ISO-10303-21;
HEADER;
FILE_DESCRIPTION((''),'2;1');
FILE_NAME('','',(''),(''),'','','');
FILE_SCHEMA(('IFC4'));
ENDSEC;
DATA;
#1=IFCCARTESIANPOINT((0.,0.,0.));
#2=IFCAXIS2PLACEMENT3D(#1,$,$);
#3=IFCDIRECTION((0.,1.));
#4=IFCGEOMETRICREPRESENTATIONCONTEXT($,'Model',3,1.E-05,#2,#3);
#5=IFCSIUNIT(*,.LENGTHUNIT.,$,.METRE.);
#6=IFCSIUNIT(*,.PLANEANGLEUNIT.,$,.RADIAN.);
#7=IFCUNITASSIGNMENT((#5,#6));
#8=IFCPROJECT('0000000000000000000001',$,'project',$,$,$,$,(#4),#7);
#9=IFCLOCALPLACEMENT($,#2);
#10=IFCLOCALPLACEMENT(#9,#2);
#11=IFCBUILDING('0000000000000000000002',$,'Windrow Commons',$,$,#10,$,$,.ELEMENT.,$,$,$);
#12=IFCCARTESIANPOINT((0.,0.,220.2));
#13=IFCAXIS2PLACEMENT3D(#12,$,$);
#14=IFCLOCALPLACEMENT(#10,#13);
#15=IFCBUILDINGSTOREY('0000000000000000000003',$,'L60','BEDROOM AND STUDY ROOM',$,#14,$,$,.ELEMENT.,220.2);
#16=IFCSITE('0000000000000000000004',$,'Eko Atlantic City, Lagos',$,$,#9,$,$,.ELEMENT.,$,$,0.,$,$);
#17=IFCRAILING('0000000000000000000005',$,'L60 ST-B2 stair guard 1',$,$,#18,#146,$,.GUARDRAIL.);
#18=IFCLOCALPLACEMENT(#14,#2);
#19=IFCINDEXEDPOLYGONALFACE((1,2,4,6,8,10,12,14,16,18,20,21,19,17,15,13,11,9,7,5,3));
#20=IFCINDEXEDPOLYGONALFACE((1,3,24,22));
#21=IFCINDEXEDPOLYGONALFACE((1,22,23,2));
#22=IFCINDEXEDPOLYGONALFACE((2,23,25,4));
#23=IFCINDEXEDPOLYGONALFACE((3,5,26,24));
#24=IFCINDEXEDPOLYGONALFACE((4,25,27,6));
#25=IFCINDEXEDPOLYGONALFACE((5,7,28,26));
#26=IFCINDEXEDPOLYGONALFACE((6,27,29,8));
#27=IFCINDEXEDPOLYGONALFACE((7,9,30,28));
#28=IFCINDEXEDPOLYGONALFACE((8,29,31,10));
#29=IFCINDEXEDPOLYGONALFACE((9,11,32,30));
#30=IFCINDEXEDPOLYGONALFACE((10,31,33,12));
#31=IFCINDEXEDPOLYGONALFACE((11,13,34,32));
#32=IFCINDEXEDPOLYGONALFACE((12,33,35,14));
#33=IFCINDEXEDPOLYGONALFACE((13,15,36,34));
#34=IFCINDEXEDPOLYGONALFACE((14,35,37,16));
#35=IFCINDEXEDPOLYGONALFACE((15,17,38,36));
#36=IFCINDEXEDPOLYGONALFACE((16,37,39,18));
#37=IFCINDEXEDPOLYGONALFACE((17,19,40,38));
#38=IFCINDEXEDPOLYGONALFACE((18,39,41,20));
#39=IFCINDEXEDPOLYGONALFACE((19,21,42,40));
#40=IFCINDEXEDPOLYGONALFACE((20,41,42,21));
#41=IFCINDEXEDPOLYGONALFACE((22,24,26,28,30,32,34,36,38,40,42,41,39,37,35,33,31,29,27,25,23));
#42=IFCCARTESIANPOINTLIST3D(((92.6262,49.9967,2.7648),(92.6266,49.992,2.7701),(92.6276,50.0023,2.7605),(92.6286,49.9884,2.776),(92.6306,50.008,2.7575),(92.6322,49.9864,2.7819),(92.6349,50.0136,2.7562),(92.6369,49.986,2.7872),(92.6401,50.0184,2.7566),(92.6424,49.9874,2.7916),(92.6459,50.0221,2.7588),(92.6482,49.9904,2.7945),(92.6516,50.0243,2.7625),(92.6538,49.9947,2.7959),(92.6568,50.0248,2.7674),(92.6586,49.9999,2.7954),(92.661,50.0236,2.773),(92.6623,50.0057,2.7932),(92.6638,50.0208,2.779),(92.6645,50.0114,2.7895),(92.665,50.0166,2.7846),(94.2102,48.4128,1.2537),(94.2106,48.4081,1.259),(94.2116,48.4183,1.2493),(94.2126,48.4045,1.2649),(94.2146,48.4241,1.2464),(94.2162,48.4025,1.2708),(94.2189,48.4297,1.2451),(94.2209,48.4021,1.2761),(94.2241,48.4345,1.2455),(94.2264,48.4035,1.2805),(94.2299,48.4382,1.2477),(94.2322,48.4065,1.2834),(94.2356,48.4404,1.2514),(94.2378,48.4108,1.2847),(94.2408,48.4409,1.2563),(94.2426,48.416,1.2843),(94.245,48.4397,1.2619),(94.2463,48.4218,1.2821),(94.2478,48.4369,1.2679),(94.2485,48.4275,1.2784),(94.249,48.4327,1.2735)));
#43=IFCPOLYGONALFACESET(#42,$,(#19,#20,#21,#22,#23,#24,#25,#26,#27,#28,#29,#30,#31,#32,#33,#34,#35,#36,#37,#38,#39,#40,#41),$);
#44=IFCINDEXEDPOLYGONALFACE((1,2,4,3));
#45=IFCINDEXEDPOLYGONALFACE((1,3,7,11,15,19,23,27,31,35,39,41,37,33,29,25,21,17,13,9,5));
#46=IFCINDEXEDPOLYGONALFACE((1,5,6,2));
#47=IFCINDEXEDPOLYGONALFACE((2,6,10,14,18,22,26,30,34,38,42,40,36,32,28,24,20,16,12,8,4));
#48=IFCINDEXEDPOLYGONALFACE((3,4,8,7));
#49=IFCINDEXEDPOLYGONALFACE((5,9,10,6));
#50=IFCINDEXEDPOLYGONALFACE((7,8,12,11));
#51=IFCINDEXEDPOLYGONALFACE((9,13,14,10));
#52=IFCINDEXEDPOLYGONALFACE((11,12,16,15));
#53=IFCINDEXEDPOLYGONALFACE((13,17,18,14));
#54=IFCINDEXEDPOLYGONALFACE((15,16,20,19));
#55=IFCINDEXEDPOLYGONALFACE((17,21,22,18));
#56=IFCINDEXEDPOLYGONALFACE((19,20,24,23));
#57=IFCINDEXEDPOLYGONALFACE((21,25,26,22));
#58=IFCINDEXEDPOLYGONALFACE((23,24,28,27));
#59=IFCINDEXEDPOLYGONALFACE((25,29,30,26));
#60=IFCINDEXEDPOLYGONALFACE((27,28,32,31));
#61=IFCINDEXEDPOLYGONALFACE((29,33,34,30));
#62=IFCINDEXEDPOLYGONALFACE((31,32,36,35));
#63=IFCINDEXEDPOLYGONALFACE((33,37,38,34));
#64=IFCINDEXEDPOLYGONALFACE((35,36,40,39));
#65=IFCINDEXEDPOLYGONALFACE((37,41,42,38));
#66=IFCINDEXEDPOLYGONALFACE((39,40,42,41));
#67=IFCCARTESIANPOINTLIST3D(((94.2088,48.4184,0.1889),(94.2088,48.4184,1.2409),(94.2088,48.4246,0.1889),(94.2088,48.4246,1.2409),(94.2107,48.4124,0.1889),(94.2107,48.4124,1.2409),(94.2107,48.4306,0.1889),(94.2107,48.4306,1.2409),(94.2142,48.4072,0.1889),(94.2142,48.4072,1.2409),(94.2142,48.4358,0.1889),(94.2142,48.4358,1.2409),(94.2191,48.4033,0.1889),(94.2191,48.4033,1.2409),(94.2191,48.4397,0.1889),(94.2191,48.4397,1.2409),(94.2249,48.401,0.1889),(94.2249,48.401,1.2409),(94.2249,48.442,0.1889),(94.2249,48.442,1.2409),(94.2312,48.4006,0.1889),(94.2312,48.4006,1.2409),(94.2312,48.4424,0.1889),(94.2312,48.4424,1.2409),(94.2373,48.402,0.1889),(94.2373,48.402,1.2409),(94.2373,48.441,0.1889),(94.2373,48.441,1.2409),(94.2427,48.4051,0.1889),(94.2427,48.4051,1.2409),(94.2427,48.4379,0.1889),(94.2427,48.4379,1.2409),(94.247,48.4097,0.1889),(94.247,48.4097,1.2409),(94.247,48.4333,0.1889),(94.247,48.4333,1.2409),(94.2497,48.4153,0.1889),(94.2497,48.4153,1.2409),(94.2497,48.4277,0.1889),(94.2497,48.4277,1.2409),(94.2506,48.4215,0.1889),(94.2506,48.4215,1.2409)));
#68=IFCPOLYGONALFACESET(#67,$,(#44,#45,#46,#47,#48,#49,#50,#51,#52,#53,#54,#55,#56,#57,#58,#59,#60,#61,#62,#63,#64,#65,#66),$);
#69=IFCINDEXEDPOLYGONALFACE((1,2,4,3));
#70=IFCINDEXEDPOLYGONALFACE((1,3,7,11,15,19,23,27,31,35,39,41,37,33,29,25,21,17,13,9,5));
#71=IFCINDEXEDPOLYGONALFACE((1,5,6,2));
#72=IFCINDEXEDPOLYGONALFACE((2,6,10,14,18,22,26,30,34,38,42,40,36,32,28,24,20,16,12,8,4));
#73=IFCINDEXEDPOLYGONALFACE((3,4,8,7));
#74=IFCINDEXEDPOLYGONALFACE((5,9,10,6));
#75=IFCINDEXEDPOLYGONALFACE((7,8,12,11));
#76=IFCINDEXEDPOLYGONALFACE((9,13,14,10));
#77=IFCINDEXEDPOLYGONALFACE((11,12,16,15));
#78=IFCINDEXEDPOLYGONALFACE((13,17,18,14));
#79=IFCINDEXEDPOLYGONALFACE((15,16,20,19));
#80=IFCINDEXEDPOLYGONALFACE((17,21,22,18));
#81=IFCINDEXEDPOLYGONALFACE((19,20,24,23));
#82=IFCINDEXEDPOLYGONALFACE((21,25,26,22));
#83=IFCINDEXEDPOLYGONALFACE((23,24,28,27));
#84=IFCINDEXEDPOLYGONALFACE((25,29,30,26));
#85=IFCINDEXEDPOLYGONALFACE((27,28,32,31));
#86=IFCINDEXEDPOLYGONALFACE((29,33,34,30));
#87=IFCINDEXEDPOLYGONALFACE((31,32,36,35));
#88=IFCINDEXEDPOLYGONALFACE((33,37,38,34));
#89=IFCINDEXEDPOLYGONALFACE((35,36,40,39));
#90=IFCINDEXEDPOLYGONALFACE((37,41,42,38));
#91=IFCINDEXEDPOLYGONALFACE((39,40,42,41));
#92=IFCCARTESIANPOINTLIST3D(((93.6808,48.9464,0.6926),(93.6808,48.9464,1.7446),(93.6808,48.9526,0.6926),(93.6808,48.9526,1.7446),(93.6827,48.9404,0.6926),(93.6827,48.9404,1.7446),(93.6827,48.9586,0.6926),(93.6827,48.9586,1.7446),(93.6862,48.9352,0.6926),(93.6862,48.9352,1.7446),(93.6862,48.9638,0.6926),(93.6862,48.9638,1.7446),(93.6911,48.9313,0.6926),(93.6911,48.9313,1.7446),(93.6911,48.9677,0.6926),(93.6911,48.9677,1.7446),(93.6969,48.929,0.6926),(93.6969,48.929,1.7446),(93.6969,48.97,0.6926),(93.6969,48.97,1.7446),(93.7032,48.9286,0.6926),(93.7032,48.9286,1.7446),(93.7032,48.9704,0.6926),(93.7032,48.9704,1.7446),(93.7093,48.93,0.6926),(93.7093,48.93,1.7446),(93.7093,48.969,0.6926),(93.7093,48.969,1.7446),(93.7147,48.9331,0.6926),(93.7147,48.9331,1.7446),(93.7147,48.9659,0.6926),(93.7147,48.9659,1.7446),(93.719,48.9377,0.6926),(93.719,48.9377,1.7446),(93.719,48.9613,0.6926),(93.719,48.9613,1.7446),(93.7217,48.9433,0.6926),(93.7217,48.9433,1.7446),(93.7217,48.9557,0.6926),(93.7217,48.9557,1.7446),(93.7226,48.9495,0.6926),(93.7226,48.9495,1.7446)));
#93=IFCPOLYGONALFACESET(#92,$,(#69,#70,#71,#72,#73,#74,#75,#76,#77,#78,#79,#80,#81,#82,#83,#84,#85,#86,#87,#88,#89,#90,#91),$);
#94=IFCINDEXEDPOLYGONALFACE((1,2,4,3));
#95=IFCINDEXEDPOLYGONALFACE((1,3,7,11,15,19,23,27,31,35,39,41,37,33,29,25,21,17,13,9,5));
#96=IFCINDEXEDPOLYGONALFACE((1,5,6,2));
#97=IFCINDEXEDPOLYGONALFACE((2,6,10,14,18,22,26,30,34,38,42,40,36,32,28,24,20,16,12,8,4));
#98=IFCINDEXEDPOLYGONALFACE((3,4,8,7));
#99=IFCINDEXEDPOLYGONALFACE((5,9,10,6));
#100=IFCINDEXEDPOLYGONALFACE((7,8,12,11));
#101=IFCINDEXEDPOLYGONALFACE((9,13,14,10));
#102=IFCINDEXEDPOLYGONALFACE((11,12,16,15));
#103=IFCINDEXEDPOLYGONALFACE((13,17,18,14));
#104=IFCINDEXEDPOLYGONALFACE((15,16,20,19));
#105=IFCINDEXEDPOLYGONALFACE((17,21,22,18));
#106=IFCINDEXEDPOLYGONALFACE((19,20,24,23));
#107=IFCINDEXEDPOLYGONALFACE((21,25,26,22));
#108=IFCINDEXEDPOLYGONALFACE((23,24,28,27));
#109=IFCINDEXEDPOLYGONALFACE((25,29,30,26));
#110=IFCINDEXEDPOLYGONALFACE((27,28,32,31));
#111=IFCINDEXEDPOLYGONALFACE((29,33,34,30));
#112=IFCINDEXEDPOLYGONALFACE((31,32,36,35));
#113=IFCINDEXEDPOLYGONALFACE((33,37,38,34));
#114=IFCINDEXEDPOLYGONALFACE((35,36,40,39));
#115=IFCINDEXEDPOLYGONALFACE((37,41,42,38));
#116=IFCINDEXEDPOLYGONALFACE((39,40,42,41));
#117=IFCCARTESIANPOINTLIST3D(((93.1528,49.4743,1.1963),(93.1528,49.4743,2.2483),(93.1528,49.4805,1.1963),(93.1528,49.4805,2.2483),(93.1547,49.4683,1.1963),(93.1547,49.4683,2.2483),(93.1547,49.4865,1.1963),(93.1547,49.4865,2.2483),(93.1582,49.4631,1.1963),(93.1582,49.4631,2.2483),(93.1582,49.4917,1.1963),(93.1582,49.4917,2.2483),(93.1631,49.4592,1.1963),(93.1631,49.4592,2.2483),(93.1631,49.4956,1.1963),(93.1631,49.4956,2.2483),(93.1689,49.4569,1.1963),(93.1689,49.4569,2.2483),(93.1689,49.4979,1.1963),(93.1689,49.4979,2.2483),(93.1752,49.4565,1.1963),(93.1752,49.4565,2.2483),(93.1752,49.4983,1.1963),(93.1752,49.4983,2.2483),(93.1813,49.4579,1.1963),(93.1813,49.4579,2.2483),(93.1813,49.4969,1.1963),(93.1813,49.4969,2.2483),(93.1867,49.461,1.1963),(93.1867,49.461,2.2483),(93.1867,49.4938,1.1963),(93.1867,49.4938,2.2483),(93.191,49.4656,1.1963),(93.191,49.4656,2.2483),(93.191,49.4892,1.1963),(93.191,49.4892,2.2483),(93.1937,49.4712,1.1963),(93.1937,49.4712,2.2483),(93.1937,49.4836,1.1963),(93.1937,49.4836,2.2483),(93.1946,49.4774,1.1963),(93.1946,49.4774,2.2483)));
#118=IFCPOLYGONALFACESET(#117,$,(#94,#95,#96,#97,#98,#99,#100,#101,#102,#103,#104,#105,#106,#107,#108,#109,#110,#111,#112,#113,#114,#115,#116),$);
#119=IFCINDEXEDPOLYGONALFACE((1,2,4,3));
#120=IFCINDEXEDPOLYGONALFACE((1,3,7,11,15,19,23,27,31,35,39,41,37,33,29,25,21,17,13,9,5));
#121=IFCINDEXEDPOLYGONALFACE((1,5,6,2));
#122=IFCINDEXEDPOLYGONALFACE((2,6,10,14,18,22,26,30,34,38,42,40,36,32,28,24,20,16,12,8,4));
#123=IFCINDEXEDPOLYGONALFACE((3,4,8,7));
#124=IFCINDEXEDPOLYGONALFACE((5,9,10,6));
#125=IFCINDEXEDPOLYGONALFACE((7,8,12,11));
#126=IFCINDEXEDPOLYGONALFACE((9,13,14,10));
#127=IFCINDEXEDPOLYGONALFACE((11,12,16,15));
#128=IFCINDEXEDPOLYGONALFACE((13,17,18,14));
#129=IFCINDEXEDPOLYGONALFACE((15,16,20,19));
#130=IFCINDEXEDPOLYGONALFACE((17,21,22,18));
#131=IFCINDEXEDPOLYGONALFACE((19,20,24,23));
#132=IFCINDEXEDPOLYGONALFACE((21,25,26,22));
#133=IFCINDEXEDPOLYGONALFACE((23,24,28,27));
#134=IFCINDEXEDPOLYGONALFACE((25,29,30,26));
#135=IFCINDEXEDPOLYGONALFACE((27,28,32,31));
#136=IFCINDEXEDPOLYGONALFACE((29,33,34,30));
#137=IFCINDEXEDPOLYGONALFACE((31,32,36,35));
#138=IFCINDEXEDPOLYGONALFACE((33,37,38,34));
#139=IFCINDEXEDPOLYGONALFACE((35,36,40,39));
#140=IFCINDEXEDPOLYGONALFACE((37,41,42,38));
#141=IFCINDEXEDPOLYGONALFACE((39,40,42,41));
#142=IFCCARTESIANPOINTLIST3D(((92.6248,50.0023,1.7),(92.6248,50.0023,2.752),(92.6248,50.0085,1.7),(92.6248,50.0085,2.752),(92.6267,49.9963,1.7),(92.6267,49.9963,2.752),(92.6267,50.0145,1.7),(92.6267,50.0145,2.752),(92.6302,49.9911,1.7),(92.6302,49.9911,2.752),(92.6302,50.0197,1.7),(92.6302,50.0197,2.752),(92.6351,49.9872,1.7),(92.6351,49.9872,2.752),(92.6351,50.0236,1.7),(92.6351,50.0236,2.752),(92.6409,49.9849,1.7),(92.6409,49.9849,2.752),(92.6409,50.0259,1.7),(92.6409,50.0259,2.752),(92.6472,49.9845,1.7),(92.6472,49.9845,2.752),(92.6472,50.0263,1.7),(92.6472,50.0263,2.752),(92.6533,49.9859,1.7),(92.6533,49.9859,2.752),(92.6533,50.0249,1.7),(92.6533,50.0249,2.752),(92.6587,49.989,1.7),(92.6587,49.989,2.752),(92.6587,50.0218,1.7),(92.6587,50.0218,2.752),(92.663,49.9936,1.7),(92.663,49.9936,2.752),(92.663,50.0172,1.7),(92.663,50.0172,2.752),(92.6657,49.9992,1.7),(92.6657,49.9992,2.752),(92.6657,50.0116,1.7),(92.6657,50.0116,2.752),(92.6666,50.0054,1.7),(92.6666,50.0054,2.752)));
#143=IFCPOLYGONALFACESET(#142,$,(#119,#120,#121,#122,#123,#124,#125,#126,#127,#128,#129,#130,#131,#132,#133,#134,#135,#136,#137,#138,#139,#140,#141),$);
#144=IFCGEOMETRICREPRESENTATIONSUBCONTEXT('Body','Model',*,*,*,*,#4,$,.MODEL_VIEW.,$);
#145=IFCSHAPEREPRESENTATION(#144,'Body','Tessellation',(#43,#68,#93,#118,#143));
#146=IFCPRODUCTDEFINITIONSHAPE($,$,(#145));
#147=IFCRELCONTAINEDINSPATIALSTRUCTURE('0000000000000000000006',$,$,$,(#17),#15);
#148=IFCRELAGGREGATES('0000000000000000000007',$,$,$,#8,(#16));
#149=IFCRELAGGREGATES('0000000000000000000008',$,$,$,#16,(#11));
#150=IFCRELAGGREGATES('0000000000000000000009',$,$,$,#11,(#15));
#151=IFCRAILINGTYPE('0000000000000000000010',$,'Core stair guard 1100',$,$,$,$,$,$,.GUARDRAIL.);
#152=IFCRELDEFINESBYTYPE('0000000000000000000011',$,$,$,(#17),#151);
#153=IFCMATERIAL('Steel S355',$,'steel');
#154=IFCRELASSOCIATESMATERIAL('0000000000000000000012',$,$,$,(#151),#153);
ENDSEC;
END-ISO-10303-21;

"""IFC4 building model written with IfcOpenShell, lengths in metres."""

from ifc_helpers import new_model, si_unit, direction, frame, origin, origin_2d, place, context, subcontext, project, spatial, circle, extrude, material, type_object, element, save


model = new_model("IFC4")

# Units and contexts
model_context = context("Model", 3, precision=1e-05, world=origin(), true_north=direction((0.0, 1.0)))
body_context = subcontext(model_context, "Body", "Model", "MODEL_VIEW")
ifc_project = project(units=[si_unit("LENGTHUNIT", "METRE"), si_unit("PLANEANGLEUNIT", "RADIAN")], contexts=[model_context])

# Site, building, storey
site_placement = place(None, origin())
site = spatial("IfcSite", under=ifc_project, at=site_placement, Name="Eko Atlantic City, Lagos", CompositionType="ELEMENT", RefElevation=0.0)
building_placement = place(site_placement, origin())
building = spatial("IfcBuilding", under=site, at=building_placement, Name="Windrow Commons", CompositionType="ELEMENT")
storey_placement = place(building_placement, frame((0.0, 0.0, 220.2)))
storey = spatial("IfcBuildingStorey", under=building, at=storey_placement, Name="L60", Description="BEDROOM AND STUDY ROOM", CompositionType="ELEMENT", Elevation=220.2)

# Railing
ifc_material_1 = material(Name="Steel S355", Category="steel")
railing_type_1 = type_object("IfcRailingType", Name="Core stair guard 1100", PredefinedType="GUARDRAIL", material=ifc_material_1)
railing_1_placement = place(storey_placement, frame((94.2296, 48.4215, 0.1889)))
element("IfcRailing", 1, at=railing_1_placement, inside=storey, type_object=railing_type_1, Name="L60 ST-B2 stair guard 1", PredefinedType="GUARDRAIL", context=body_context, shape_type="SweptSolid", body=[
    extrude(circle(Radius=0.024, at=origin_2d()), frame((0.0, 0.0, 1.076), z_axis=(-0.586216, 0.586179, 0.559237), x_axis=(-0.707084, -0.707129, 0.0)), (0.0, 0.0, 1.0), 2.7021),
    extrude(circle(Radius=0.021, at=origin_2d()), origin(), (0.0, 0.0, 1.0), 1.052),
    extrude(circle(Radius=0.021, at=origin_2d()), frame((-0.528, 0.528, 0.5037)), (0.0, 0.0, 1.0), 1.052),
    extrude(circle(Radius=0.021, at=origin_2d()), frame((-1.056, 1.0559, 1.0074)), (0.0, 0.0, 1.0), 1.052),
    extrude(circle(Radius=0.021, at=origin_2d()), frame((-1.584, 1.5839, 1.5111)), (0.0, 0.0, 1.0), 1.052),
])

save(model, "model.ifc")
